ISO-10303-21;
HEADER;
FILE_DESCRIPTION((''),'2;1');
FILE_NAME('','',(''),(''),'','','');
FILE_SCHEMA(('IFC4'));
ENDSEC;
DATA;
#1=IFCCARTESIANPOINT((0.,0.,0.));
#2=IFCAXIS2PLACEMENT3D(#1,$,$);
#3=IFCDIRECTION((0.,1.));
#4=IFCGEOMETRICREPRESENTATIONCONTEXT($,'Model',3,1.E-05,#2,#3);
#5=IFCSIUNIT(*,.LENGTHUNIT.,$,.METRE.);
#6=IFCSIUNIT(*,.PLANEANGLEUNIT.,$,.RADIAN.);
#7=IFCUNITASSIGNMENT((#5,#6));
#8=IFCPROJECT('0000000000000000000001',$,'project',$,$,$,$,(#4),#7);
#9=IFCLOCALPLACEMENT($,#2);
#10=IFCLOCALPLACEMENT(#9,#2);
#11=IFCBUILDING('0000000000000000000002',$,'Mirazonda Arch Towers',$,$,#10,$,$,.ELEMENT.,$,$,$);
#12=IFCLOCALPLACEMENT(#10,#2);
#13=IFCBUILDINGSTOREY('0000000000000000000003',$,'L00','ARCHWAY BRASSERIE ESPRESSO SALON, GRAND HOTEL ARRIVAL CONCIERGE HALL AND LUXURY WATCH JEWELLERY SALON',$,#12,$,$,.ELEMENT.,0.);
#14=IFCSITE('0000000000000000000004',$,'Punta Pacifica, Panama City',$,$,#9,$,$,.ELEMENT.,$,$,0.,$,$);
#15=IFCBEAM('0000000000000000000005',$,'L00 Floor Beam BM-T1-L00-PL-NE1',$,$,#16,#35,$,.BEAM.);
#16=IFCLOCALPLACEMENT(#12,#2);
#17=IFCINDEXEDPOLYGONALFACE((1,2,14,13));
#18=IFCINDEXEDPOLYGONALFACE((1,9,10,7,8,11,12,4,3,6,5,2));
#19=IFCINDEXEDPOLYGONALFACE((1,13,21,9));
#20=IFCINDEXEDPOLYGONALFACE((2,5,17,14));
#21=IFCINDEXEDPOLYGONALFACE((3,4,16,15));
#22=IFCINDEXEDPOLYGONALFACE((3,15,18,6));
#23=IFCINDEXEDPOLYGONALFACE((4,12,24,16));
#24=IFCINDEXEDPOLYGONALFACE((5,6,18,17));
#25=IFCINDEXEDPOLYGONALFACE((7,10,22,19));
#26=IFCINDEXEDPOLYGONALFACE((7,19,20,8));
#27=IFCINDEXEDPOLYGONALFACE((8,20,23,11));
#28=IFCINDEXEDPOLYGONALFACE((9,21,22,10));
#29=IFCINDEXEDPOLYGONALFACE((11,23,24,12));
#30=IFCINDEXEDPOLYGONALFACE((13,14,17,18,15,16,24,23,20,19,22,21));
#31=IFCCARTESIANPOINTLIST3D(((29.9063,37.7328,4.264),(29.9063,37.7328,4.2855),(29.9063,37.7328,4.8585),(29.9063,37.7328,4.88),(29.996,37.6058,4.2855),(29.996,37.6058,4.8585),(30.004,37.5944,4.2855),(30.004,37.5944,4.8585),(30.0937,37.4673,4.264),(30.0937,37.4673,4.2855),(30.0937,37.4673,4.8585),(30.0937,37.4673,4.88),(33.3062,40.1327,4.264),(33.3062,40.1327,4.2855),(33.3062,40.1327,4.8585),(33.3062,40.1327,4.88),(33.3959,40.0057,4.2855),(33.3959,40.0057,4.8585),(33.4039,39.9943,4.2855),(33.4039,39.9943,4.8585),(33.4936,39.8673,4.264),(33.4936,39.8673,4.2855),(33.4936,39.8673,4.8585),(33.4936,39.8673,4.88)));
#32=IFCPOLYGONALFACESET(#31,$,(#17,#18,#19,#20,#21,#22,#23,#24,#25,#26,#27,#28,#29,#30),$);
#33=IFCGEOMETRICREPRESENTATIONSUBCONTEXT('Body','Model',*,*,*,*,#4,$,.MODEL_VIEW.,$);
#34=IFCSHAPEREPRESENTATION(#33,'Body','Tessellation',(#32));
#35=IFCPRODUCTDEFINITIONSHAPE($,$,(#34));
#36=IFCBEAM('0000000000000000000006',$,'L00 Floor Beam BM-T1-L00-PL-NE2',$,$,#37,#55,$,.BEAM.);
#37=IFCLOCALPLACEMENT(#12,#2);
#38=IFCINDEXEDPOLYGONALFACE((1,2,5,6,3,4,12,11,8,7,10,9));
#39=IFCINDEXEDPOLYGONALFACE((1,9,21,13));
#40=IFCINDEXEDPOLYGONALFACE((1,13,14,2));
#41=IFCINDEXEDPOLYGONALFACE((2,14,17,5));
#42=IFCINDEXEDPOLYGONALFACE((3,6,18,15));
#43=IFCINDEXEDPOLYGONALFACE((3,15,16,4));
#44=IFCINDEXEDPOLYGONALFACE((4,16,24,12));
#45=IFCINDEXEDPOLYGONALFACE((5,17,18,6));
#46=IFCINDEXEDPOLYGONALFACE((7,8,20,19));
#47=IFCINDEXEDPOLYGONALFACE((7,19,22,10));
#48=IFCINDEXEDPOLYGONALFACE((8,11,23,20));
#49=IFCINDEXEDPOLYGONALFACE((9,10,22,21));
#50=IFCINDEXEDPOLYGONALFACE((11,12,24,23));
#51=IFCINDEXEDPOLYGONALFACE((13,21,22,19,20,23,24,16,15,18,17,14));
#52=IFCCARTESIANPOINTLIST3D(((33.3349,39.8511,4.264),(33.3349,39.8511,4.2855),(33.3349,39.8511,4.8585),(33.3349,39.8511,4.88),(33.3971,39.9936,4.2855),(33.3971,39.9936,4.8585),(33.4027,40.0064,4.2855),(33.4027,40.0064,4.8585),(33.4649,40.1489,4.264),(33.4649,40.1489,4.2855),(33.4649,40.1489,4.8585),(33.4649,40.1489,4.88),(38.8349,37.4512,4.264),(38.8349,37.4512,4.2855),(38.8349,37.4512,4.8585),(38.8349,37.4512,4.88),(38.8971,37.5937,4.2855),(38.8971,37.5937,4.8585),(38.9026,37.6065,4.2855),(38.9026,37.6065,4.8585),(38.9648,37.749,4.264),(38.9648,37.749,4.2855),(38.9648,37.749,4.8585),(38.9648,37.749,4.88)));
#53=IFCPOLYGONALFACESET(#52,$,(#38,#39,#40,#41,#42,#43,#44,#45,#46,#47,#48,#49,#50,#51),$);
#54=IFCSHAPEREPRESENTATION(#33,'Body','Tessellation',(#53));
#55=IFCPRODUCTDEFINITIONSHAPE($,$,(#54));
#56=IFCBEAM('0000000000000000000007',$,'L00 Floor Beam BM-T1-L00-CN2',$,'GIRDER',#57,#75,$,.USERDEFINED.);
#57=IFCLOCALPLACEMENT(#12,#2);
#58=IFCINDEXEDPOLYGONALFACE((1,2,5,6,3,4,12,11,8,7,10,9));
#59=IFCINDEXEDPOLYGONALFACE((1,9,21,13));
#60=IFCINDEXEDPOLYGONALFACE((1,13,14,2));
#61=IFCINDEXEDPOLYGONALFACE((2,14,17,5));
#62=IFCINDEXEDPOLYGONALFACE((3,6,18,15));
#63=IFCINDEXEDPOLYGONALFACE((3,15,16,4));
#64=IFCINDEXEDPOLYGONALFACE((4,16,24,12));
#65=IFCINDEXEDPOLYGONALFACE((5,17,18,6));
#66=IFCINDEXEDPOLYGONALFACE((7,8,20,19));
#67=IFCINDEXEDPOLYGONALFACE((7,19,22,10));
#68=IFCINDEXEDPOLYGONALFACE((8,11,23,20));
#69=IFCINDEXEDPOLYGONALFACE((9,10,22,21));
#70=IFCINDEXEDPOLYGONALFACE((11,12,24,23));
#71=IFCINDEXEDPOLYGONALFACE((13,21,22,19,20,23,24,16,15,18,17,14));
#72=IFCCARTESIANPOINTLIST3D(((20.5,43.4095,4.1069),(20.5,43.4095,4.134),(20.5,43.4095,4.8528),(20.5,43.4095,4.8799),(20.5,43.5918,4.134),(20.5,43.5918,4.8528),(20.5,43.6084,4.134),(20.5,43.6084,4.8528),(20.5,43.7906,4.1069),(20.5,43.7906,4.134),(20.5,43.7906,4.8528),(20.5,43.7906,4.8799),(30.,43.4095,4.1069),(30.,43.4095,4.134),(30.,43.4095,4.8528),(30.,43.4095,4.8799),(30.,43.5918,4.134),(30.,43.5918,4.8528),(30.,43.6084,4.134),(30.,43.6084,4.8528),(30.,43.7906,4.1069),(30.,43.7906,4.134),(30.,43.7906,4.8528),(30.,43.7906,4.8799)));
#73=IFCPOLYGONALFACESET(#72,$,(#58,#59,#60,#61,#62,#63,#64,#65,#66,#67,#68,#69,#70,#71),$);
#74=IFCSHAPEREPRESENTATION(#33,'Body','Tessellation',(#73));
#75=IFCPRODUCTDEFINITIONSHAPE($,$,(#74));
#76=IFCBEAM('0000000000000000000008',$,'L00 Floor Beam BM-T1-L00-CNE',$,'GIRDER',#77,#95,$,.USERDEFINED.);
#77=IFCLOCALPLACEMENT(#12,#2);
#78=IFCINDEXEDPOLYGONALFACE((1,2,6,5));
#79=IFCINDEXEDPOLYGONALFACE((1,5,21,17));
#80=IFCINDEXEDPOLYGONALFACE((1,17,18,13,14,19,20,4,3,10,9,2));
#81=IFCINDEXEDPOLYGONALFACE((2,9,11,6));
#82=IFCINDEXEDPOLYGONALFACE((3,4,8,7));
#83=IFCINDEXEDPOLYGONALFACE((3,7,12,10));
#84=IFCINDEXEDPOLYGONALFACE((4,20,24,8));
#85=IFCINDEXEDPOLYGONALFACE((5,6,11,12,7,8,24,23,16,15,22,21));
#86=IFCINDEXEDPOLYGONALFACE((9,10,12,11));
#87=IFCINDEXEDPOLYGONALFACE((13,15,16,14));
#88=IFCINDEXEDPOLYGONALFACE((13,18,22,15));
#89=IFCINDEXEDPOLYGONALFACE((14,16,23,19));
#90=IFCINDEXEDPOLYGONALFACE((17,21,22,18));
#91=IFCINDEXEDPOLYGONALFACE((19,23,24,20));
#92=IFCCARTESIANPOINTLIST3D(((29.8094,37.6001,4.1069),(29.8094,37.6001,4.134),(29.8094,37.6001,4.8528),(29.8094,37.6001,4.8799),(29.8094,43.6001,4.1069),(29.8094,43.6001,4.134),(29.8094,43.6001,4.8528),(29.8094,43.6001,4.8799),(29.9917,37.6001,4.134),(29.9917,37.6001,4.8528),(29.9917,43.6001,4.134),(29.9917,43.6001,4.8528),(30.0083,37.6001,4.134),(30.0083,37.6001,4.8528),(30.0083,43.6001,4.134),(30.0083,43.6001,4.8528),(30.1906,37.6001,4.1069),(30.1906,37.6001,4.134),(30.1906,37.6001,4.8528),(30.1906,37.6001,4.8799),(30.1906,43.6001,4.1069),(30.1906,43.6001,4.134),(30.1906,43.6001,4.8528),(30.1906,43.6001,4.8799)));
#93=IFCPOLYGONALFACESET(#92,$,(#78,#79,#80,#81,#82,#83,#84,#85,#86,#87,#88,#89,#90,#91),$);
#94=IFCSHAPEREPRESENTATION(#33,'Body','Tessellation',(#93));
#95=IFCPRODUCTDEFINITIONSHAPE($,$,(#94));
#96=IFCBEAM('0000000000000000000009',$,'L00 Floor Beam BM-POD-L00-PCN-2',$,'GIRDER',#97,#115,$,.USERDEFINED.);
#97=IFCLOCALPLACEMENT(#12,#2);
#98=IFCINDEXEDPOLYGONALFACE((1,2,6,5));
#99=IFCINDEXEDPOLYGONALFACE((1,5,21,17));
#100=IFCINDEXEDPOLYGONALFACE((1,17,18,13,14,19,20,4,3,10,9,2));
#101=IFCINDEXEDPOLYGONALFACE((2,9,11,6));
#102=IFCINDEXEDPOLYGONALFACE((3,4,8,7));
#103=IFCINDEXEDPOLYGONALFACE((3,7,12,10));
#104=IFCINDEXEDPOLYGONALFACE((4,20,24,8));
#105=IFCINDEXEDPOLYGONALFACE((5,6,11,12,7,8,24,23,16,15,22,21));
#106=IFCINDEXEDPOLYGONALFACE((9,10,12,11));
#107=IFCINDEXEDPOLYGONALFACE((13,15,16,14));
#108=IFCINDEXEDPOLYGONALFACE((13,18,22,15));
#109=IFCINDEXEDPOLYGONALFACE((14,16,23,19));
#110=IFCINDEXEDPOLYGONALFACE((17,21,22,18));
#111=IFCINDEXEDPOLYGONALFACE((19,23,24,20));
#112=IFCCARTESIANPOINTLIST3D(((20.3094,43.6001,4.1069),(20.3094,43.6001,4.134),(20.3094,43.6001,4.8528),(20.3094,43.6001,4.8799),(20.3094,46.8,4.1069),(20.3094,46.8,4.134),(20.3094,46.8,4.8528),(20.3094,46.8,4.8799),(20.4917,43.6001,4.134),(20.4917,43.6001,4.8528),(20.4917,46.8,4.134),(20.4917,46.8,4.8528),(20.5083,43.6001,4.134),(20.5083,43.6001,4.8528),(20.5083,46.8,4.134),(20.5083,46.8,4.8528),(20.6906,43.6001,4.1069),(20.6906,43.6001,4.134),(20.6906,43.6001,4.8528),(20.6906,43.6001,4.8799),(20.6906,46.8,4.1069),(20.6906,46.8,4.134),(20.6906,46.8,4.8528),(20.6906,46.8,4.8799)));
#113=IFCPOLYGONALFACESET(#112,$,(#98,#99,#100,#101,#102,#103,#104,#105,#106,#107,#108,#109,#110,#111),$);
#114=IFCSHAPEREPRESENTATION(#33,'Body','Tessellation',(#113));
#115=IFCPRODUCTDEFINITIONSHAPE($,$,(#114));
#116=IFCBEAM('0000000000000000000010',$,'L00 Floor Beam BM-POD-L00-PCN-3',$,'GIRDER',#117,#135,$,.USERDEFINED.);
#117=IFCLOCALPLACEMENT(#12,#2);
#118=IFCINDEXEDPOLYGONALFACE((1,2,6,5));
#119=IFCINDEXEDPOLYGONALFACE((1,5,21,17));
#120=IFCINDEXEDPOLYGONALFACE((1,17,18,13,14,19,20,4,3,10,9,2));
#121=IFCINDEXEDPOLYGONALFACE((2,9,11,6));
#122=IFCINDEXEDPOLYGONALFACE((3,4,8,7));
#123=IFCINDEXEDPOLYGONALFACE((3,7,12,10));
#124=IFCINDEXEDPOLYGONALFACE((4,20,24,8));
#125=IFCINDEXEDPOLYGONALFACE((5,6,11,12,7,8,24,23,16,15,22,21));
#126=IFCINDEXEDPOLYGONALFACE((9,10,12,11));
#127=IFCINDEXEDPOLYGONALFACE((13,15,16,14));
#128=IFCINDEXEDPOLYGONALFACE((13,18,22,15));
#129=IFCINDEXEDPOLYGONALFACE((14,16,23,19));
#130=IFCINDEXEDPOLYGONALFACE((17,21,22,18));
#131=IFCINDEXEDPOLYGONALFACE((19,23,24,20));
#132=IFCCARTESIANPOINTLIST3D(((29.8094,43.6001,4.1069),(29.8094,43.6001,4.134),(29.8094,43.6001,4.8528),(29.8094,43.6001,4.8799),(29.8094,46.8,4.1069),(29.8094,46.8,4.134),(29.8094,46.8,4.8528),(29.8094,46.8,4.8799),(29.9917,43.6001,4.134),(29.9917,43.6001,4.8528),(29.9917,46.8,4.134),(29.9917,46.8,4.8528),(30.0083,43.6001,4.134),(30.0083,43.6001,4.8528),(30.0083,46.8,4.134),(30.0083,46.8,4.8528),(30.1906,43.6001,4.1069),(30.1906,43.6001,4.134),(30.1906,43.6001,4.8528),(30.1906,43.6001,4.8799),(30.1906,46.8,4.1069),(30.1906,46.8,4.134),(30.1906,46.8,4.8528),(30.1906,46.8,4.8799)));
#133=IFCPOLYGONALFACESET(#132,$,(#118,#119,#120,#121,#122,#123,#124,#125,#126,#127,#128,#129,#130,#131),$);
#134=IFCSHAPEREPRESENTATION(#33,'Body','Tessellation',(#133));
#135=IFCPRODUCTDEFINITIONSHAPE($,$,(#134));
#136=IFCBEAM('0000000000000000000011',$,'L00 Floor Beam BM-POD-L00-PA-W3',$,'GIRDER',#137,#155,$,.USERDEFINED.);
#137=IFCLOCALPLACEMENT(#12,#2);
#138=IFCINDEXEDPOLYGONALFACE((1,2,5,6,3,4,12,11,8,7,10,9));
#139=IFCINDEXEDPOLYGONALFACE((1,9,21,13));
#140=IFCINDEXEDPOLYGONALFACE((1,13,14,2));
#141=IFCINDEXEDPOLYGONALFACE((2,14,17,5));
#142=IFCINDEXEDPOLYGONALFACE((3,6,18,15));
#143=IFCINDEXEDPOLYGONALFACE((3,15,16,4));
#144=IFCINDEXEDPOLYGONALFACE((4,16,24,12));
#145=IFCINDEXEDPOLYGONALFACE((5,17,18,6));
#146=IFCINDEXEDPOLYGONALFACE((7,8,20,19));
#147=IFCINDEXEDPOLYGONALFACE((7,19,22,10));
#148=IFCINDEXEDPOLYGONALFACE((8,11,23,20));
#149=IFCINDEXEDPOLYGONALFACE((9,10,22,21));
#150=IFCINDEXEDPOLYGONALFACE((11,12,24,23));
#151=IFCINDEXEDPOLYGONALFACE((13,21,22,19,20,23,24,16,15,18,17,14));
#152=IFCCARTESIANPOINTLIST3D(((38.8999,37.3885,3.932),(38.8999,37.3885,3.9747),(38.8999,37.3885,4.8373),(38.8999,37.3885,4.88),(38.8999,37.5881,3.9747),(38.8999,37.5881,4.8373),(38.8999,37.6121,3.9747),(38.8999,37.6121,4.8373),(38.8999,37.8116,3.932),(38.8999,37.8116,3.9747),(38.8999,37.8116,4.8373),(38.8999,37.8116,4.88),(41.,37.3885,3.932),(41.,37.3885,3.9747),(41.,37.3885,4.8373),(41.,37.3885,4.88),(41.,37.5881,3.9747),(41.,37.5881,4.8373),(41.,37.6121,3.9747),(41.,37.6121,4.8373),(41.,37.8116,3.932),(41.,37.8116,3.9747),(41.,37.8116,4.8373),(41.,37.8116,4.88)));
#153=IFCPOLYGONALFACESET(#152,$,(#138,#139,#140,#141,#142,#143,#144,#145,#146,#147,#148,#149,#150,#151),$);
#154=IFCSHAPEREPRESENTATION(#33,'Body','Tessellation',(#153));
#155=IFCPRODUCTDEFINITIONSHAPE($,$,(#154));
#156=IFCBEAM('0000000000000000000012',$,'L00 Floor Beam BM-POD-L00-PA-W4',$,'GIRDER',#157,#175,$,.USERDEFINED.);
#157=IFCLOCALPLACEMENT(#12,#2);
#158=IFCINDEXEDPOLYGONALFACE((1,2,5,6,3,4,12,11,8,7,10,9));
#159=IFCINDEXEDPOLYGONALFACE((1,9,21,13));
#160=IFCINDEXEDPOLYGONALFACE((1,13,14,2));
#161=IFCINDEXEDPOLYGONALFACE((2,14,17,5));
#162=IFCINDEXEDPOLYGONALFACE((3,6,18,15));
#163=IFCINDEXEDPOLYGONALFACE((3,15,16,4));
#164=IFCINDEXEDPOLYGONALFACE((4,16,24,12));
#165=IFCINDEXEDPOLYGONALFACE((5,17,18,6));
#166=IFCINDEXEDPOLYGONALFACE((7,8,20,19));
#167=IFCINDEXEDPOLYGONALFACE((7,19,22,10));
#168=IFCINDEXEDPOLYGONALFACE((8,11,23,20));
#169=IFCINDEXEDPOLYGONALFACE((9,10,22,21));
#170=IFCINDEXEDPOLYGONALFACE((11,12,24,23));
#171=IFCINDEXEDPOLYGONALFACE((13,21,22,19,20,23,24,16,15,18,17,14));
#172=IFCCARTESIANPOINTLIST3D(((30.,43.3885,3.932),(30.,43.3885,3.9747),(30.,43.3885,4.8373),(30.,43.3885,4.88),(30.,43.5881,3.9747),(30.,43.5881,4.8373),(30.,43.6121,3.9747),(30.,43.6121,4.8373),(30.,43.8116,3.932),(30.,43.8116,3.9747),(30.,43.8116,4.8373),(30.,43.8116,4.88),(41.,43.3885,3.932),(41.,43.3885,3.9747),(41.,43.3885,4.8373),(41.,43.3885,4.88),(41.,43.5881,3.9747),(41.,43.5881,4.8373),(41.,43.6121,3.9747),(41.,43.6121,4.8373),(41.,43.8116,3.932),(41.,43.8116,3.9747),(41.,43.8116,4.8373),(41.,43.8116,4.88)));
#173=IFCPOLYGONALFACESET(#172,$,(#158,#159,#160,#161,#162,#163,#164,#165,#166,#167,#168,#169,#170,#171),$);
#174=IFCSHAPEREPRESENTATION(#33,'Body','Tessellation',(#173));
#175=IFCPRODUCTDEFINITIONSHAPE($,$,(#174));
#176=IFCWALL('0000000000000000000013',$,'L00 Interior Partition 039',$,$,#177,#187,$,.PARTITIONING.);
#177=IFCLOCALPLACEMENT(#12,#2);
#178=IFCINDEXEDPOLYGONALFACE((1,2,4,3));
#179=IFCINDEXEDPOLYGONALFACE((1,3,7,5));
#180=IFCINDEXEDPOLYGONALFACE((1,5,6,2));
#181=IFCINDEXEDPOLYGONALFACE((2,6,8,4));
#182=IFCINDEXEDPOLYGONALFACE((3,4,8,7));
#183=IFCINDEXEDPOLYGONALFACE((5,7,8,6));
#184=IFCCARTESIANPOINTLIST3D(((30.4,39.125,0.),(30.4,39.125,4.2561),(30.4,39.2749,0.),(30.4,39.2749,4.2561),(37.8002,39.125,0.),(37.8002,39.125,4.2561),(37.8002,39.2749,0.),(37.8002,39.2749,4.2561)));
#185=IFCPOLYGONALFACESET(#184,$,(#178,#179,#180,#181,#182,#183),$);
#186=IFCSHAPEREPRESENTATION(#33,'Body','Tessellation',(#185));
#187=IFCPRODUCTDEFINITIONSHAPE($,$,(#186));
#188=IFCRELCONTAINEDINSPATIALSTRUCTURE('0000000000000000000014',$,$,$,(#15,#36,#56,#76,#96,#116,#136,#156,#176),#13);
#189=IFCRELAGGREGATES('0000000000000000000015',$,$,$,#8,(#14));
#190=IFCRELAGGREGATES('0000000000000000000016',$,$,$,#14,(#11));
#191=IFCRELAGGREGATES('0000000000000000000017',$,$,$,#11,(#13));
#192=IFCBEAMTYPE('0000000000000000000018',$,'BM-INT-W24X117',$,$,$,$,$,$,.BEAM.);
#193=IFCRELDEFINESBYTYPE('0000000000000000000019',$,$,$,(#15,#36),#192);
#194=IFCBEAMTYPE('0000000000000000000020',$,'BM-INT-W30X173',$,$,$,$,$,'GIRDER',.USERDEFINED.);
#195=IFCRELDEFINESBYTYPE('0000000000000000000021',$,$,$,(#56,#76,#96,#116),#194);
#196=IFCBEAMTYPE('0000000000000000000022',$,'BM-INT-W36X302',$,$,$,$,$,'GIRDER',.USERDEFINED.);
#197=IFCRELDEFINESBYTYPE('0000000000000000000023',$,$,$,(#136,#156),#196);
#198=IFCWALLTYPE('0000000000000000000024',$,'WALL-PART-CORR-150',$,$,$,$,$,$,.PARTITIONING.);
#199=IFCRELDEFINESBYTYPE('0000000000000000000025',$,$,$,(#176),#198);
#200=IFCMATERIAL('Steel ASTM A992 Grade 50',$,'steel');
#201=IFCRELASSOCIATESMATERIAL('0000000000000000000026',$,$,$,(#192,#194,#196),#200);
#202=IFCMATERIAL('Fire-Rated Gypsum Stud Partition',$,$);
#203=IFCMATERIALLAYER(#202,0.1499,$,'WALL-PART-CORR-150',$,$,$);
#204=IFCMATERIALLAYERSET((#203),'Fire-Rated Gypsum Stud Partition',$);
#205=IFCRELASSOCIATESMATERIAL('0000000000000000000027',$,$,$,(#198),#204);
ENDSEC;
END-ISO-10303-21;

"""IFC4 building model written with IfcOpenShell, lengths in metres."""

from ifc_helpers import new_model, si_unit, direction, frame, frame_2d, origin, origin_2d, place, context, subcontext, project, spatial, rectangle, i_section, extrude, material, layer, layer_set, material_profile, profile_set, type_object, element, save


model = new_model("IFC4")

# Units and contexts
model_context = context("Model", 3, precision=1e-05, world=origin(), true_north=direction((0.0, 1.0)))
body_context = subcontext(model_context, "Body", "Model", "MODEL_VIEW")
ifc_project = project(units=[si_unit("LENGTHUNIT", "METRE"), si_unit("PLANEANGLEUNIT", "RADIAN")], contexts=[model_context])

# Site, building, storey
site_placement = place(None, origin())
site = spatial("IfcSite", under=ifc_project, at=site_placement, Name="Punta Pacifica, Panama City", CompositionType="ELEMENT", RefElevation=0.0)
building_placement = place(site_placement, origin())
building = spatial("IfcBuilding", under=site, at=building_placement, Name="Mirazonda Arch Towers", CompositionType="ELEMENT")
storey_placement = place(building_placement, origin())
storey = spatial("IfcBuildingStorey", under=building, at=storey_placement, Name="L00", Description="ARCHWAY BRASSERIE ESPRESSO SALON, GRAND HOTEL ARRIVAL CONCIERGE HALL AND LUXURY WATCH JEWELLERY SALON", CompositionType="ELEMENT", Elevation=0.0)

# Beams
ifc_material_1 = material(Name="Steel ASTM A992 Grade 50", Category="steel")
ifc_material_profile_1 = material_profile(ifc_material_1, i_section(OverallWidth=0.325, OverallDepth=0.616, WebThickness=0.0139, FlangeThickness=0.0215, at=origin_2d()), Name="W24X117")
ifc_profile_set_1 = profile_set([ifc_material_profile_1], Name="Steel ASTM A992 Grade 50")
beam_type_1 = type_object("IfcBeamType", Name="BM-INT-W24X117", PredefinedType="BEAM", material=ifc_profile_set_1)
beam_1_placement = place(storey_placement, frame((33.3999, 40.0, 4.572), z_axis=(-0.816971, -0.576679, 0.0), x_axis=(0.576679, -0.816971, 0.0)))
element("IfcBeam", 1, at=beam_1_placement, inside=storey, type_object=beam_type_1, Name="L00 Floor Beam BM-T1-L00-PL-NE1", PredefinedType="BEAM", context=body_context, shape_type="SweptSolid", body=[
    extrude(i_section(OverallWidth=0.325, OverallDepth=0.616, WebThickness=0.0139, FlangeThickness=0.0215, at=origin_2d()), origin(), (0.0, 0.0, 1.0), 4.1616),
])
beam_2_placement = place(storey_placement, frame((33.3999, 40.0, 4.572), z_axis=(0.916545, -0.399931, 0.0), x_axis=(0.399931, 0.916545, 0.0)))
element("IfcBeam", 2, at=beam_2_placement, inside=storey, type_object=beam_type_1, Name="L00 Floor Beam BM-T1-L00-PL-NE2", PredefinedType="BEAM", context=body_context, shape_type="SweptSolid", body=[
    extrude(i_section(OverallWidth=0.325, OverallDepth=0.616, WebThickness=0.0139, FlangeThickness=0.0215, at=origin_2d()), origin(), (0.0, 0.0, 1.0), 6.0007),
])
ifc_material_profile_2 = material_profile(ifc_material_1, i_section(OverallWidth=0.3811, OverallDepth=0.7729, WebThickness=0.0166, FlangeThickness=0.0271, at=origin_2d()), Name="W30X173")
ifc_profile_set_2 = profile_set([ifc_material_profile_2], Name="Steel ASTM A992 Grade 50")
beam_type_2 = type_object("IfcBeamType", Name="BM-INT-W30X173", ElementType="GIRDER", PredefinedType="USERDEFINED", material=ifc_profile_set_2)
beam_3_placement = place(storey_placement, frame((20.5, 43.6001, 4.4934), z_axis=(1.0, 0.0, 0.0), x_axis=(0.0, 1.0, 0.0)))
element("IfcBeam", 3, at=beam_3_placement, inside=storey, type_object=beam_type_2, Name="L00 Floor Beam BM-T1-L00-CN2", ObjectType="GIRDER", PredefinedType="USERDEFINED", context=body_context, shape_type="SweptSolid", body=[
    extrude(i_section(OverallWidth=0.3811, OverallDepth=0.7729, WebThickness=0.0166, FlangeThickness=0.0271, at=origin_2d()), origin(), (0.0, 0.0, 1.0), 9.5),
])
beam_4_placement = place(storey_placement, frame((30.0, 37.6001, 4.4934), z_axis=(0.0, 1.0, 0.0), x_axis=(-1.0, 0.0, 0.0)))
element("IfcBeam", 4, at=beam_4_placement, inside=storey, type_object=beam_type_2, Name="L00 Floor Beam BM-T1-L00-CNE", ObjectType="GIRDER", PredefinedType="USERDEFINED", context=body_context, shape_type="SweptSolid", body=[
    extrude(i_section(OverallWidth=0.3811, OverallDepth=0.7729, WebThickness=0.0166, FlangeThickness=0.0271, at=origin_2d()), origin(), (0.0, 0.0, 1.0), 6.0),
])
for number, where, z_axis, x_axis, name in (
    (5, (20.5, 43.6001, 4.4934), (0.0, 1.0, 0.0), (-1.0, 0.0, 0.0), "L00 Floor Beam BM-POD-L00-PCN-2"),
    (6, (30.0, 43.6001, 4.4934), (0.0, 1.0, 0.0), (-1.0, 0.0, 0.0), "L00 Floor Beam BM-POD-L00-PCN-3"),
):
    element("IfcBeam", number, at=place(storey_placement, frame(where, z_axis=z_axis, x_axis=x_axis)), inside=storey, type_object=beam_type_2, Name=name, ObjectType="GIRDER", PredefinedType="USERDEFINED", context=body_context, shape_type="SweptSolid", body=[
        extrude(i_section(OverallWidth=0.3811, OverallDepth=0.7729, WebThickness=0.0166, FlangeThickness=0.0271, at=origin_2d()), origin(), (0.0, 0.0, 1.0), 3.2),
    ])
ifc_material_profile_3 = material_profile(ifc_material_1, i_section(OverallWidth=0.4231, OverallDepth=0.948, WebThickness=0.0239, FlangeThickness=0.0427, at=origin_2d()), Name="W36X302")
ifc_profile_set_3 = profile_set([ifc_material_profile_3], Name="Steel ASTM A992 Grade 50")
beam_type_3 = type_object("IfcBeamType", Name="BM-INT-W36X302", ElementType="GIRDER", PredefinedType="USERDEFINED", material=ifc_profile_set_3)
beam_5_placement = place(storey_placement, frame((38.8999, 37.6001, 4.406), z_axis=(1.0, 0.0, 0.0), x_axis=(0.0, 1.0, 0.0)))
element("IfcBeam", 7, at=beam_5_placement, inside=storey, type_object=beam_type_3, Name="L00 Floor Beam BM-POD-L00-PA-W3", ObjectType="GIRDER", PredefinedType="USERDEFINED", context=body_context, shape_type="SweptSolid", body=[
    extrude(i_section(OverallWidth=0.4231, OverallDepth=0.948, WebThickness=0.0239, FlangeThickness=0.0427, at=origin_2d()), origin(), (0.0, 0.0, 1.0), 2.1001),
])
beam_6_placement = place(storey_placement, frame((30.0, 43.6001, 4.406), z_axis=(1.0, 0.0, 0.0), x_axis=(0.0, 1.0, 0.0)))
element("IfcBeam", 8, at=beam_6_placement, inside=storey, type_object=beam_type_3, Name="L00 Floor Beam BM-POD-L00-PA-W4", ObjectType="GIRDER", PredefinedType="USERDEFINED", context=body_context, shape_type="SweptSolid", body=[
    extrude(i_section(OverallWidth=0.4231, OverallDepth=0.948, WebThickness=0.0239, FlangeThickness=0.0427, at=origin_2d()), origin(), (0.0, 0.0, 1.0), 11.0),
])

# Wall
ifc_material_2 = material(Name="Fire-Rated Gypsum Stud Partition")
ifc_layer_1 = layer(ifc_material_2, 0.1499, Name="WALL-PART-CORR-150")
ifc_layer_set_1 = layer_set([ifc_layer_1], Name="Fire-Rated Gypsum Stud Partition")
wall_type_1 = type_object("IfcWallType", Name="WALL-PART-CORR-150", PredefinedType="PARTITIONING", material=ifc_layer_set_1)
wall_1_placement = place(storey_placement, frame((30.3999, 39.2, 0.0), z_axis=(0.0, 0.0, 1.0), x_axis=(1.0, 0.0, 0.0)))
element("IfcWall", 9, at=wall_1_placement, inside=storey, type_object=wall_type_1, Name="L00 Interior Partition 039", PredefinedType="PARTITIONING", context=body_context, shape_type="SweptSolid", body=[
    extrude(rectangle(XDim=7.4001, YDim=0.1499, at=frame_2d((3.7002, 0.0))), origin(), (0.0, 0.0, 1.0), 4.2561),
])

save(model, "model.ifc")
